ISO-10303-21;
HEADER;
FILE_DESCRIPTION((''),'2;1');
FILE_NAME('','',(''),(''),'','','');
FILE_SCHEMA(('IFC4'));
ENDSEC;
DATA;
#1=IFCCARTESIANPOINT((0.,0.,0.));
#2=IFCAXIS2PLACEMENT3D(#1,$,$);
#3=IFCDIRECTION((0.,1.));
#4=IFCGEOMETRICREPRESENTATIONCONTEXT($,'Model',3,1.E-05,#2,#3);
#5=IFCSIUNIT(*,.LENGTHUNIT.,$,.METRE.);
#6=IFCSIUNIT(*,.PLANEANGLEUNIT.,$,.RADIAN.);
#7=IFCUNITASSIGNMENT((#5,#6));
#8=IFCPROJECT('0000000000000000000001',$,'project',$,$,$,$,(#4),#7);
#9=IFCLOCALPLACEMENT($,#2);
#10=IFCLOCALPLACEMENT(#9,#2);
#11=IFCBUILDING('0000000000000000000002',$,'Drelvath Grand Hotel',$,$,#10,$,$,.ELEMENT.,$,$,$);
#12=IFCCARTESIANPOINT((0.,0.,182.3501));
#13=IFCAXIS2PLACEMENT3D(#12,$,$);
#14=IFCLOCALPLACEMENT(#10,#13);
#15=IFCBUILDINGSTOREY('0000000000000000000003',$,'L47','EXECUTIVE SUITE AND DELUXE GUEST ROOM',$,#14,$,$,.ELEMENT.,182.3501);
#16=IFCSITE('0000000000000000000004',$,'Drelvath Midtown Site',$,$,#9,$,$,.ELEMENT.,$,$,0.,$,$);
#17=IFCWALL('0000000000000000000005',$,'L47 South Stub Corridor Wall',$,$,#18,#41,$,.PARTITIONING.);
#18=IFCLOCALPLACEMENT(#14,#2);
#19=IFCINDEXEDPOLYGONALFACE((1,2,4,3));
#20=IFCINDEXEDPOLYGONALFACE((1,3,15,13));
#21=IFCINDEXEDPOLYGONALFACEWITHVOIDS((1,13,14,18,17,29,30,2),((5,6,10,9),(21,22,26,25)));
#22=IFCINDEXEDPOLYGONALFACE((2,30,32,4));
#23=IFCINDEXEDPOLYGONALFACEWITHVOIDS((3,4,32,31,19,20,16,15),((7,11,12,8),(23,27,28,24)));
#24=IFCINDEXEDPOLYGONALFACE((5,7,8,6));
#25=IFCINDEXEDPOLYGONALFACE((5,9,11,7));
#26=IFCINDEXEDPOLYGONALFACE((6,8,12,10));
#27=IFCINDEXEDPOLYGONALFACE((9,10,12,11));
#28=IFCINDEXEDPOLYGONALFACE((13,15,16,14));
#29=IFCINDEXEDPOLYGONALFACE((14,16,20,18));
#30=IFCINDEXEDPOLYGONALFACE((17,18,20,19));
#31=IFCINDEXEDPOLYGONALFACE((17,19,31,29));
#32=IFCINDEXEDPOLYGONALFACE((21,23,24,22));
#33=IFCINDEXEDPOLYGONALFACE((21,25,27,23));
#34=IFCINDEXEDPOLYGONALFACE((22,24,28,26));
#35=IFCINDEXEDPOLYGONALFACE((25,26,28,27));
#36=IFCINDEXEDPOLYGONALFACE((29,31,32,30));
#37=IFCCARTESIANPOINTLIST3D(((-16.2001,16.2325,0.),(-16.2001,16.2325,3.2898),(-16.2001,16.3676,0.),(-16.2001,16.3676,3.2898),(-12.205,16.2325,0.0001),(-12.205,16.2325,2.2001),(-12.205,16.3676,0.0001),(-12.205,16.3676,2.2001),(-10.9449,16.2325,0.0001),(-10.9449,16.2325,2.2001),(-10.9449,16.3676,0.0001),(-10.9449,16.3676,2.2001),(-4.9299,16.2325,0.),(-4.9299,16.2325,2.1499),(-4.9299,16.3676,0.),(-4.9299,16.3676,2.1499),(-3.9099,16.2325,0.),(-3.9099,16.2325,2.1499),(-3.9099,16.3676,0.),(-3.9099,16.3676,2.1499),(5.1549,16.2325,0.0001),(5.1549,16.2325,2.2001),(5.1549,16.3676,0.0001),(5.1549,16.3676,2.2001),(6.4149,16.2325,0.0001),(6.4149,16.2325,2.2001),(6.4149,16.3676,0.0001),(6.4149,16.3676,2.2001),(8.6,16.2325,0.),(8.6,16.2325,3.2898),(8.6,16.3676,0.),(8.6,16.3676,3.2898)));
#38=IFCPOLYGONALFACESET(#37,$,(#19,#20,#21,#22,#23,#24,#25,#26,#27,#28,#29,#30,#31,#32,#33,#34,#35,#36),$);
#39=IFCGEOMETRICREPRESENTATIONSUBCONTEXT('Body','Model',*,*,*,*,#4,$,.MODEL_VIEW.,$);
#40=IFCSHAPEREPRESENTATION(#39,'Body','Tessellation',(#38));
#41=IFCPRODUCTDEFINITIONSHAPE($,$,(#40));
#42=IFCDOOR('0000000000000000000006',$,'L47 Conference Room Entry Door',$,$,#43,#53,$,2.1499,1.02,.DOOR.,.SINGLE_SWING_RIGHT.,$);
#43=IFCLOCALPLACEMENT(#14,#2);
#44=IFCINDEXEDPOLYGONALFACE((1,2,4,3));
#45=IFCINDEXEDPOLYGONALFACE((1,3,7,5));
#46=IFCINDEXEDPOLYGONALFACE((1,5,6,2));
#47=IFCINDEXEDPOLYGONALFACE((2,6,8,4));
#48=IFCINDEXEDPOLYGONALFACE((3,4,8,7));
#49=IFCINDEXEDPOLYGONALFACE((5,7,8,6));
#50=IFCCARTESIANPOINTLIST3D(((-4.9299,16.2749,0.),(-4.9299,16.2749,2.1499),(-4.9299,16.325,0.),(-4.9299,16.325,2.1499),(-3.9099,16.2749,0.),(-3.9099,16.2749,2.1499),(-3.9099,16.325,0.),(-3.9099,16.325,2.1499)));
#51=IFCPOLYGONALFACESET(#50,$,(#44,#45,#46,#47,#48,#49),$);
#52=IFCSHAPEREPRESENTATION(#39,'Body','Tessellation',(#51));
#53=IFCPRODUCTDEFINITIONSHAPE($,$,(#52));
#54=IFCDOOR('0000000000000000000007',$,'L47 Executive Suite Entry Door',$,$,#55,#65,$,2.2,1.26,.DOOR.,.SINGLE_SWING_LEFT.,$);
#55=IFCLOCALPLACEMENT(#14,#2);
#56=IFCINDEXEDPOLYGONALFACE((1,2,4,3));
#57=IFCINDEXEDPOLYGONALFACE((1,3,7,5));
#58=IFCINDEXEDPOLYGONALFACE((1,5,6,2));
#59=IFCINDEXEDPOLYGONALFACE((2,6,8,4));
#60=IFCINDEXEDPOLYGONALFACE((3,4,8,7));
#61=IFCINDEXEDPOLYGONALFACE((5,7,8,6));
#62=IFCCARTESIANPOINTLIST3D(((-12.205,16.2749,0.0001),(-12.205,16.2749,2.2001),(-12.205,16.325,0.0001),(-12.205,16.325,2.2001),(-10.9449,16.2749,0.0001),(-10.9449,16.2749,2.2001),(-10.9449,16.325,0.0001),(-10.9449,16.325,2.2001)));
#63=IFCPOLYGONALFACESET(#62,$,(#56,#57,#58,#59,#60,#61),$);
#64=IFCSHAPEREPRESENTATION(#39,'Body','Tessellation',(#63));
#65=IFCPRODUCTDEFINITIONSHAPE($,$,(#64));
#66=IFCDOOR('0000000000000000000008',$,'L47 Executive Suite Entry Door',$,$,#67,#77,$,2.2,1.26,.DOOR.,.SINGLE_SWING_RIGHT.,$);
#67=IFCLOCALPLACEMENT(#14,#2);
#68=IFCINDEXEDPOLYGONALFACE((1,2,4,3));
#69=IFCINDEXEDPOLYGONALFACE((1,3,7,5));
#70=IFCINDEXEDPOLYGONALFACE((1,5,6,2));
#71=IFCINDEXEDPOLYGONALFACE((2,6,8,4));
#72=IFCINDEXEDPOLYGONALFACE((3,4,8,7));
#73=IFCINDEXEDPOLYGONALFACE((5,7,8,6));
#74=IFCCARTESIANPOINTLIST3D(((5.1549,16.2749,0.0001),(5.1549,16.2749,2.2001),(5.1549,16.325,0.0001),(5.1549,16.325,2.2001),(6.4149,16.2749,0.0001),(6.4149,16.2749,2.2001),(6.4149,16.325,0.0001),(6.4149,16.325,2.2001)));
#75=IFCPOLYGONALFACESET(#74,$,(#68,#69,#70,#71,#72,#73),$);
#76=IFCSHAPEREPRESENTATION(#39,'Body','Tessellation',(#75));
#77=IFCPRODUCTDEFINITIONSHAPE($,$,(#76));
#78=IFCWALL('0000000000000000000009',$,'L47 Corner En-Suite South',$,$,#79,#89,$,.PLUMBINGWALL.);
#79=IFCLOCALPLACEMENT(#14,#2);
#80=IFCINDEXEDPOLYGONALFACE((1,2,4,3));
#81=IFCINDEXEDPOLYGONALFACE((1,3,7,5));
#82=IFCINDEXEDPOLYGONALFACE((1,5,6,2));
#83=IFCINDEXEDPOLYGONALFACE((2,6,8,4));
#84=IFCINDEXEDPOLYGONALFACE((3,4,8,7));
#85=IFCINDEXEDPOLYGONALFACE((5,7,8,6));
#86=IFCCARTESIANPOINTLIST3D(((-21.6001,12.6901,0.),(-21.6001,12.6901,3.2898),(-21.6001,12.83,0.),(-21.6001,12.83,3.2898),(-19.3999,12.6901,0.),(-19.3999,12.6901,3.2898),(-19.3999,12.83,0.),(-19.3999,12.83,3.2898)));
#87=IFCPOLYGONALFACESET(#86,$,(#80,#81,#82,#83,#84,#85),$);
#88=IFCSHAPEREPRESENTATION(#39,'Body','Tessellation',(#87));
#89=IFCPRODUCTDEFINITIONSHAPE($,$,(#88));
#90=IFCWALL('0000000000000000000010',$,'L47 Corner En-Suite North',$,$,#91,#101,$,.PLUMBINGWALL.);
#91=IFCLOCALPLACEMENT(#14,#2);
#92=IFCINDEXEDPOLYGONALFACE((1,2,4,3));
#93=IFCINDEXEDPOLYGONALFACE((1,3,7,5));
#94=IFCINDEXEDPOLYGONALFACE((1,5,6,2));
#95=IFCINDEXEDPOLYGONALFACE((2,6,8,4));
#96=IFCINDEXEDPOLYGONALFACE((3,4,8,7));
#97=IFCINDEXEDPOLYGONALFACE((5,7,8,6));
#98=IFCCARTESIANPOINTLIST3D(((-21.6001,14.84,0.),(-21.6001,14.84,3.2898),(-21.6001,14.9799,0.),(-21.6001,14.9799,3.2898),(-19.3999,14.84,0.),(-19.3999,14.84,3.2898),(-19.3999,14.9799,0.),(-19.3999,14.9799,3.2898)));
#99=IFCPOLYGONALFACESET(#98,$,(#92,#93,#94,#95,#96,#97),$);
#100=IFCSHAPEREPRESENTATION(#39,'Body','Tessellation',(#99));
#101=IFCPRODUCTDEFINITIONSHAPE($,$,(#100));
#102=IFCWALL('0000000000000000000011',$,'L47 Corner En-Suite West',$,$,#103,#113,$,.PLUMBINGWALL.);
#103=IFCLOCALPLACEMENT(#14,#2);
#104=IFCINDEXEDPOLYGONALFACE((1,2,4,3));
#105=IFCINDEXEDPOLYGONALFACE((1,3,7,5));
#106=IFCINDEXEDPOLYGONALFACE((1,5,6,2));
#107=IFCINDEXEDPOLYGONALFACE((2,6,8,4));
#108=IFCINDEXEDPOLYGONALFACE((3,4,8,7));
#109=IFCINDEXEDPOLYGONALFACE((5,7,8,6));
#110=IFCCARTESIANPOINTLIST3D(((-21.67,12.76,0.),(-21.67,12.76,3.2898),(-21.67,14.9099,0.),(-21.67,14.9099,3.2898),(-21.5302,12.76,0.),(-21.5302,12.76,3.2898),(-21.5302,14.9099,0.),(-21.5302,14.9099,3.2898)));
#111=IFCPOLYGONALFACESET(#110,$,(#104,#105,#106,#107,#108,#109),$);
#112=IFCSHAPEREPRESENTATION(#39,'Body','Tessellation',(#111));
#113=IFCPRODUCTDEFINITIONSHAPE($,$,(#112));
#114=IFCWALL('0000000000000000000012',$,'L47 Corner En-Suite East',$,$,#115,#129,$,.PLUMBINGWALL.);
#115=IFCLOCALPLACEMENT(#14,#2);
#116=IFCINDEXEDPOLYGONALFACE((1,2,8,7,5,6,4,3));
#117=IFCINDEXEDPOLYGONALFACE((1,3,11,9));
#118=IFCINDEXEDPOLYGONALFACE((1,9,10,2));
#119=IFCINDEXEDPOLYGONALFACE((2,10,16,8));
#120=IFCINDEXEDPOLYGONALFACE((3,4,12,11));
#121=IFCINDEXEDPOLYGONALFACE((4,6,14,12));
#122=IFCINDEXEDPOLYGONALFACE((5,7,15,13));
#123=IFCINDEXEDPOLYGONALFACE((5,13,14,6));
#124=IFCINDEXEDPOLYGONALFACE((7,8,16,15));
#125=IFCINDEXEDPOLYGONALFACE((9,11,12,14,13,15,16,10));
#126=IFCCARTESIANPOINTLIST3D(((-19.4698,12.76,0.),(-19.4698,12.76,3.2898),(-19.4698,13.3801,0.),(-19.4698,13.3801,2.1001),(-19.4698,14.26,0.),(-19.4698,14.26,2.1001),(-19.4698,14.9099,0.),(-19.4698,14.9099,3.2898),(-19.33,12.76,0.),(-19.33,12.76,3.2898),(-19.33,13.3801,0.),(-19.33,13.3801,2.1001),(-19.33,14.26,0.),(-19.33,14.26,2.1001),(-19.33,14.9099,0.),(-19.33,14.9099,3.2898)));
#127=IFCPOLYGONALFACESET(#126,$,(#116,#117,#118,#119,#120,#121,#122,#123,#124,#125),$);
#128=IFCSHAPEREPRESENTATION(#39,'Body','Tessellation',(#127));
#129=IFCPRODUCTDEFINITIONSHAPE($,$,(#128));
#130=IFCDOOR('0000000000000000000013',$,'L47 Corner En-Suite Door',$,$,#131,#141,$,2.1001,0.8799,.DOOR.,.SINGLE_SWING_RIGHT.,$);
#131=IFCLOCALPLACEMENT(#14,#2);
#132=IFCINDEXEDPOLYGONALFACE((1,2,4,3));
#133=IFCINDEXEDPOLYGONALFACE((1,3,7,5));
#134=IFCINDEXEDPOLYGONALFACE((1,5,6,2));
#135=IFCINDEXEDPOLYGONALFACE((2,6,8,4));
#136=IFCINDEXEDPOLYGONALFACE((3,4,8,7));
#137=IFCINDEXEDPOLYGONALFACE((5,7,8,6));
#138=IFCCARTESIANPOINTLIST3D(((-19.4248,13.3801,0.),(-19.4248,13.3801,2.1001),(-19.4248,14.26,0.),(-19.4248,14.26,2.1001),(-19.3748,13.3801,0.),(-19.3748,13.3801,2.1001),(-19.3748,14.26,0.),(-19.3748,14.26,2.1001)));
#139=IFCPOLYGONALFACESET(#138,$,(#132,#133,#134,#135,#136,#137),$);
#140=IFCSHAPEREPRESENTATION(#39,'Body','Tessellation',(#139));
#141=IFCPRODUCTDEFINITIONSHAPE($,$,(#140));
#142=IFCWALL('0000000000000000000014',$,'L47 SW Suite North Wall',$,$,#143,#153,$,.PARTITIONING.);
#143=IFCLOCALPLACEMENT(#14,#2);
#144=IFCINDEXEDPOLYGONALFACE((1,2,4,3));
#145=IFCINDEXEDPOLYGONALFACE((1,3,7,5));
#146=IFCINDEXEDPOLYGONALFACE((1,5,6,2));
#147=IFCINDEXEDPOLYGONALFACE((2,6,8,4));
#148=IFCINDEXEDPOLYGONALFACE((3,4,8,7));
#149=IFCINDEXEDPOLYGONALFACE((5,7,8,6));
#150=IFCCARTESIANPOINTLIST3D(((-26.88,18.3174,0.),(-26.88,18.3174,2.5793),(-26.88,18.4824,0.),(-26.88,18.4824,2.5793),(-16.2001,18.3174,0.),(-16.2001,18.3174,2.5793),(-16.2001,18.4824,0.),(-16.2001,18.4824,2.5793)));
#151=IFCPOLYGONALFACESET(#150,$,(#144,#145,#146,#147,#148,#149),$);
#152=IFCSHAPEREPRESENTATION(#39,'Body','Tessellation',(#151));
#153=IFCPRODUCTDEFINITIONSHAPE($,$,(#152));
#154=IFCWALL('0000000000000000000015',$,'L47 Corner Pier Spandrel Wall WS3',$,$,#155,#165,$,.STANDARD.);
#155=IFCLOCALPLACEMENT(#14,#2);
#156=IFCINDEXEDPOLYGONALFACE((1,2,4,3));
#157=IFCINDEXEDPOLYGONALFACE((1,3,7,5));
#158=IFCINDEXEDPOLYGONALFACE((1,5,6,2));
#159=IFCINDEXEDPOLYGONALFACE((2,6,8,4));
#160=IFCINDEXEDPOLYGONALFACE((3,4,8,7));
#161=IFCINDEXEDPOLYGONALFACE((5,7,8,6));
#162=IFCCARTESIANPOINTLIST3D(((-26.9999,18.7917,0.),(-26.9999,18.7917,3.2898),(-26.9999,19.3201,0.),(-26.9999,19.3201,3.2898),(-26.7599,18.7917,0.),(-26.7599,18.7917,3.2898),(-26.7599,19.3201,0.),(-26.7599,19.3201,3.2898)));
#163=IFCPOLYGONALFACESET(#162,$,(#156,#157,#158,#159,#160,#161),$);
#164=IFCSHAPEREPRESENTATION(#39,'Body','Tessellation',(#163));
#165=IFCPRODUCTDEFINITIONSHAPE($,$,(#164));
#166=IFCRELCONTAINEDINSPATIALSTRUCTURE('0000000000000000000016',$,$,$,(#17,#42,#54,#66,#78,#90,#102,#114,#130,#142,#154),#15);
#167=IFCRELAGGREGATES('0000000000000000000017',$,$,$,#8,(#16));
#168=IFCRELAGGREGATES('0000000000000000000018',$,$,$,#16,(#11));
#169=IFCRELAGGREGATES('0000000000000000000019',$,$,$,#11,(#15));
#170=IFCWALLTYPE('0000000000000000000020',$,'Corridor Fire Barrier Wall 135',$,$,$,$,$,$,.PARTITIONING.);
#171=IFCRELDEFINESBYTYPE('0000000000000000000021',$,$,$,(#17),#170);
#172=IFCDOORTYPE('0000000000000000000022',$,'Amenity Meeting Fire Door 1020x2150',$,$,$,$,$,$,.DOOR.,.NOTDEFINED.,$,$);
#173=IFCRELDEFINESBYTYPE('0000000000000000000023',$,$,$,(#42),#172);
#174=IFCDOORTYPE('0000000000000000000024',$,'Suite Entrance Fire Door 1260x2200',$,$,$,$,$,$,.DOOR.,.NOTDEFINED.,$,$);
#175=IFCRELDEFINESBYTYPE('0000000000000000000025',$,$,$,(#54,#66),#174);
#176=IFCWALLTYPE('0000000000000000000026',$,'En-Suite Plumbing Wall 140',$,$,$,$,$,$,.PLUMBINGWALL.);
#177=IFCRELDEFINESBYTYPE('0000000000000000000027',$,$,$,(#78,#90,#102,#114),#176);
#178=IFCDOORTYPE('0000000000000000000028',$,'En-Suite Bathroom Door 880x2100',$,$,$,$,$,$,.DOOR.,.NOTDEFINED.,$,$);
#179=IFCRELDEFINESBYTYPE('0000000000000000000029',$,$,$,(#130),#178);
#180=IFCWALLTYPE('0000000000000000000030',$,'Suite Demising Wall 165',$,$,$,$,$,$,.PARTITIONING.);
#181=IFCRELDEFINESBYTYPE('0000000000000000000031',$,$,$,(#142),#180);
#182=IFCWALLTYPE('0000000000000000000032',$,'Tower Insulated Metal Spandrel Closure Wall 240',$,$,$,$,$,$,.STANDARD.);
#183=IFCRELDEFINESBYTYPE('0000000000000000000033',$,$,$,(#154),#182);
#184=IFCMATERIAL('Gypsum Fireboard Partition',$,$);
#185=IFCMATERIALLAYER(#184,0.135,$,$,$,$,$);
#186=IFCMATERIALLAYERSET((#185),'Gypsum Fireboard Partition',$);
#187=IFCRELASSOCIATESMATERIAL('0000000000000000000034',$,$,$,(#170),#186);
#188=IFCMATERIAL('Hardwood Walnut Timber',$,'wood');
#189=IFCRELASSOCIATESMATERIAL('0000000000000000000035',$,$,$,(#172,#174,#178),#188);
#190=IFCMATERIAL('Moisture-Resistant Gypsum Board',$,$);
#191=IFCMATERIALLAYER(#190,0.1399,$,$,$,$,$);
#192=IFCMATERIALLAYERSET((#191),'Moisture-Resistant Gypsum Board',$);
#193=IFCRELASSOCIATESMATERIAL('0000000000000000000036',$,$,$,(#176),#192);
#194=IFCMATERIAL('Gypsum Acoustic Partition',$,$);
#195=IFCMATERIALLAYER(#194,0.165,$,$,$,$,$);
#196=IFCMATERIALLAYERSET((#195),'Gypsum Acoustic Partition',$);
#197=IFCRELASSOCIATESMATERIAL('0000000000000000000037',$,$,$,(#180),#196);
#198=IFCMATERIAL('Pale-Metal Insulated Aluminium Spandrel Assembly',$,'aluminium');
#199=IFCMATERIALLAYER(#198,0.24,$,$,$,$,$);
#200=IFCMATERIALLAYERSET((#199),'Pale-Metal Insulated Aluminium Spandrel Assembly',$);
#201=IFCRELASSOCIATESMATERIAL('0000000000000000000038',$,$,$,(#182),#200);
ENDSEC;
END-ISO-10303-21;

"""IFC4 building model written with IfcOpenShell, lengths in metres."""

from ifc_helpers import new_model, si_unit, direction, frame, frame_2d, origin, place, context, subcontext, project, spatial, rectangle, extrude, material, layer, layer_set, type_object, element, fill, save


model = new_model("IFC4")

# Units and contexts
model_context = context("Model", 3, precision=1e-05, world=origin(), true_north=direction((0.0, 1.0)))
body_context = subcontext(model_context, "Body", "Model", "MODEL_VIEW")
ifc_project = project(units=[si_unit("LENGTHUNIT", "METRE"), si_unit("PLANEANGLEUNIT", "RADIAN")], contexts=[model_context])

# Site, building, storey
site_placement = place(None, origin())
site = spatial("IfcSite", under=ifc_project, at=site_placement, Name="Drelvath Midtown Site", CompositionType="ELEMENT", RefElevation=0.0)
building_placement = place(site_placement, origin())
building = spatial("IfcBuilding", under=site, at=building_placement, Name="Drelvath Grand Hotel", CompositionType="ELEMENT")
storey_placement = place(building_placement, frame((0.0, 0.0, 182.3501)))
storey = spatial("IfcBuildingStorey", under=building, at=storey_placement, Name="L47", Description="EXECUTIVE SUITE AND DELUXE GUEST ROOM", CompositionType="ELEMENT", Elevation=182.3501)

# Shared definitions
ifc_material_1 = material(Name="Gypsum Fireboard Partition")
ifc_layer_1 = layer(ifc_material_1, 0.135)
ifc_layer_set_1 = layer_set([ifc_layer_1], Name="Gypsum Fireboard Partition")
wall_type_1 = type_object("IfcWallType", Name="Corridor Fire Barrier Wall 135", PredefinedType="PARTITIONING", material=ifc_layer_set_1)

# Wall, openings, doors
wall_1_placement = place(storey_placement, frame((-16.2, 16.3, 0.0), z_axis=(0.0, 0.0, 1.0), x_axis=(1.0, 0.0, 0.0)))
wall_1 = element("IfcWall", 1, at=wall_1_placement, inside=storey, type_object=wall_type_1, Name="L47 South Stub Corridor Wall", PredefinedType="PARTITIONING", context=body_context, shape_type="SweptSolid", body=[
    extrude(rectangle(XDim=24.8, YDim=0.135, at=frame_2d((12.3999, 0.0))), origin(), (0.0, 0.0, 1.0), 3.2898),
])
opening_1_placement = place(wall_1_placement, frame((3.9951, 0.0, 0.0)))
opening_1 = element("IfcOpeningElement", 2, at=opening_1_placement, cuts=wall_1, PredefinedType="OPENING", context=body_context, shape_type="SweptSolid", body=[
    extrude(rectangle(XDim=1.26, YDim=2.2, at=frame_2d((0.6299, 1.1001))), frame((0.0, 0.0774, 0.0), z_axis=(0.0, -1.0, 0.0), x_axis=(1.0, 0.0, 0.0)), (0.0, 0.0, 1.0), 0.155),
])
opening_2_placement = place(wall_1_placement, frame((11.27, 0.0, 0.0)))
opening_2 = element("IfcOpeningElement", 3, at=opening_2_placement, cuts=wall_1, PredefinedType="OPENING", context=body_context, shape_type="SweptSolid", body=[
    extrude(rectangle(XDim=1.02, YDim=2.1499, at=frame_2d((0.51, 1.075))), frame((0.0, 0.0774, 0.0), z_axis=(0.0, -1.0, 0.0), x_axis=(1.0, 0.0, 0.0)), (0.0, 0.0, 1.0), 0.155),
])
opening_3_placement = place(wall_1_placement, frame((21.355, 0.0, 0.0)))
opening_3 = element("IfcOpeningElement", 4, at=opening_3_placement, cuts=wall_1, PredefinedType="OPENING", context=body_context, shape_type="SweptSolid", body=[
    extrude(rectangle(XDim=1.26, YDim=2.2, at=frame_2d((0.6299, 1.1001))), frame((0.0, 0.0774, 0.0), z_axis=(0.0, -1.0, 0.0), x_axis=(1.0, 0.0, 0.0)), (0.0, 0.0, 1.0), 0.155),
])
ifc_material_2 = material(Name="Hardwood Walnut Timber", Category="wood")
door_type_1 = type_object("IfcDoorType", Name="Amenity Meeting Fire Door 1020x2150", OperationType="NOTDEFINED", PredefinedType="DOOR", material=ifc_material_2)
door_1_placement = place(opening_2_placement, origin())
door_1 = element("IfcDoor", 5, at=door_1_placement, inside=storey, type_object=door_type_1, Name="L47 Conference Room Entry Door", OperationType="SINGLE_SWING_RIGHT", OverallHeight=2.1499, OverallWidth=1.02, PredefinedType="DOOR", context=body_context, shape_type="SweptSolid", body=[
    extrude(rectangle(XDim=1.02, YDim=2.1499, at=frame_2d((0.51, 1.075))), frame((0.0, 0.0249, 0.0), z_axis=(0.0, -1.0, 0.0), x_axis=(1.0, 0.0, 0.0)), (0.0, 0.0, 1.0), 0.05),
])
fill(opening_2, door_1)
door_type_2 = type_object("IfcDoorType", Name="Suite Entrance Fire Door 1260x2200", OperationType="NOTDEFINED", PredefinedType="DOOR", material=ifc_material_2)
door_2_placement = place(opening_1_placement, origin())
door_2 = element("IfcDoor", 6, at=door_2_placement, inside=storey, type_object=door_type_2, Name="L47 Executive Suite Entry Door", OperationType="SINGLE_SWING_LEFT", OverallHeight=2.2, OverallWidth=1.26, PredefinedType="DOOR", context=body_context, shape_type="SweptSolid", body=[
    extrude(rectangle(XDim=1.26, YDim=2.2, at=frame_2d((0.6299, 1.1001))), frame((0.0, 0.0249, 0.0), z_axis=(0.0, -1.0, 0.0), x_axis=(1.0, 0.0, 0.0)), (0.0, 0.0, 1.0), 0.05),
])
fill(opening_1, door_2)
door_3_placement = place(opening_3_placement, origin())
door_3 = element("IfcDoor", 7, at=door_3_placement, inside=storey, type_object=door_type_2, Name="L47 Executive Suite Entry Door", OperationType="SINGLE_SWING_RIGHT", OverallHeight=2.2, OverallWidth=1.26, PredefinedType="DOOR", context=body_context, shape_type="SweptSolid", body=[
    extrude(rectangle(XDim=1.26, YDim=2.2, at=frame_2d((0.6299, 1.1001))), frame((0.0, 0.0249, 0.0), z_axis=(0.0, -1.0, 0.0), x_axis=(1.0, 0.0, 0.0)), (0.0, 0.0, 1.0), 0.05),
])
fill(opening_3, door_3)

# Walls
ifc_material_3 = material(Name="Moisture-Resistant Gypsum Board")
ifc_layer_2 = layer(ifc_material_3, 0.1399)
ifc_layer_set_2 = layer_set([ifc_layer_2], Name="Moisture-Resistant Gypsum Board")
wall_type_2 = type_object("IfcWallType", Name="En-Suite Plumbing Wall 140", PredefinedType="PLUMBINGWALL", material=ifc_layer_set_2)
for number, where, z_axis, x_axis, name in (
    (8, (-21.6001, 12.76, 0.0), (0.0, 0.0, 1.0), (1.0, 0.0, 0.0), "L47 Corner En-Suite South"),
    (9, (-21.6001, 14.9099, 0.0), (0.0, 0.0, 1.0), (1.0, 0.0, 0.0), "L47 Corner En-Suite North"),
):
    element("IfcWall", number, at=place(storey_placement, frame(where, z_axis=z_axis, x_axis=x_axis)), inside=storey, type_object=wall_type_2, Name=name, PredefinedType="PLUMBINGWALL", context=body_context, shape_type="SweptSolid", body=[
        extrude(rectangle(XDim=2.2002, YDim=0.1399, at=frame_2d((1.1001, 0.0))), origin(), (0.0, 0.0, 1.0), 3.2898),
    ])
wall_2_placement = place(storey_placement, frame((-21.6001, 12.76, 0.0), z_axis=(0.0, 0.0, 1.0), x_axis=(0.0, 1.0, 0.0)))
element("IfcWall", 10, at=wall_2_placement, inside=storey, type_object=wall_type_2, Name="L47 Corner En-Suite West", PredefinedType="PLUMBINGWALL", context=body_context, shape_type="SweptSolid", body=[
    extrude(rectangle(XDim=2.1499, YDim=0.1399, at=frame_2d((1.075, 0.0))), origin(), (0.0, 0.0, 1.0), 3.2898),
])

# Wall, opening, door
wall_3_placement = place(storey_placement, frame((-19.3999, 12.76, 0.0), z_axis=(0.0, 0.0, 1.0), x_axis=(0.0, 1.0, 0.0)))
wall_3 = element("IfcWall", 11, at=wall_3_placement, inside=storey, type_object=wall_type_2, Name="L47 Corner En-Suite East", PredefinedType="PLUMBINGWALL", context=body_context, shape_type="SweptSolid", body=[
    extrude(rectangle(XDim=2.1499, YDim=0.1399, at=frame_2d((1.075, 0.0))), origin(), (0.0, 0.0, 1.0), 3.2898),
])
opening_4_placement = place(wall_3_placement, frame((0.6201, 0.0, 0.0)))
opening_4 = element("IfcOpeningElement", 12, at=opening_4_placement, cuts=wall_3, PredefinedType="OPENING", context=body_context, shape_type="SweptSolid", body=[
    extrude(rectangle(XDim=0.8799, YDim=2.1001, at=frame_2d((0.4399, 1.05))), frame((0.0, 0.0798, 0.0), z_axis=(0.0, -1.0, 0.0), x_axis=(1.0, 0.0, 0.0)), (0.0, 0.0, 1.0), 0.1599),
])
door_type_3 = type_object("IfcDoorType", Name="En-Suite Bathroom Door 880x2100", OperationType="NOTDEFINED", PredefinedType="DOOR", material=ifc_material_2)
door_4_placement = place(opening_4_placement, origin())
door_4 = element("IfcDoor", 13, at=door_4_placement, inside=storey, type_object=door_type_3, Name="L47 Corner En-Suite Door", OperationType="SINGLE_SWING_RIGHT", OverallHeight=2.1001, OverallWidth=0.8799, PredefinedType="DOOR", context=body_context, shape_type="SweptSolid", body=[
    extrude(rectangle(XDim=0.8799, YDim=2.1001, at=frame_2d((0.4399, 1.05))), frame((0.0, 0.0249, 0.0), z_axis=(0.0, -1.0, 0.0), x_axis=(1.0, 0.0, 0.0)), (0.0, 0.0, 1.0), 0.05),
])
fill(opening_4, door_4)

# Walls
ifc_material_4 = material(Name="Gypsum Acoustic Partition")
ifc_layer_3 = layer(ifc_material_4, 0.165)
ifc_layer_set_3 = layer_set([ifc_layer_3], Name="Gypsum Acoustic Partition")
wall_type_3 = type_object("IfcWallType", Name="Suite Demising Wall 165", PredefinedType="PARTITIONING", material=ifc_layer_set_3)
wall_4_placement = place(storey_placement, frame((-26.8799, 18.3999, 0.0), z_axis=(0.0, 0.0, 1.0), x_axis=(1.0, 0.0, 0.0)))
element("IfcWall", 14, at=wall_4_placement, inside=storey, type_object=wall_type_3, Name="L47 SW Suite North Wall", PredefinedType="PARTITIONING", context=body_context, shape_type="SweptSolid", body=[
    extrude(rectangle(XDim=10.6799, YDim=0.165, at=frame_2d((5.3398, 0.0))), origin(), (0.0, 0.0, 1.0), 2.5793),
])
ifc_material_5 = material(Name="Pale-Metal Insulated Aluminium Spandrel Assembly", Category="aluminium")
ifc_layer_4 = layer(ifc_material_5, 0.24)
ifc_layer_set_4 = layer_set([ifc_layer_4], Name="Pale-Metal Insulated Aluminium Spandrel Assembly")
wall_type_4 = type_object("IfcWallType", Name="Tower Insulated Metal Spandrel Closure Wall 240", PredefinedType="STANDARD", material=ifc_layer_set_4)
wall_5_placement = place(storey_placement, frame((-26.8799, 18.7917, 0.0), z_axis=(0.0, 0.0, 1.0), x_axis=(0.0, 1.0, 0.0)))
element("IfcWall", 15, at=wall_5_placement, inside=storey, type_object=wall_type_4, Name="L47 Corner Pier Spandrel Wall WS3", PredefinedType="STANDARD", context=body_context, shape_type="SweptSolid", body=[
    extrude(rectangle(XDim=0.5283, YDim=0.24, at=frame_2d((0.2642, 0.0))), origin(), (0.0, 0.0, 1.0), 3.2898),
])

save(model, "model.ifc")
